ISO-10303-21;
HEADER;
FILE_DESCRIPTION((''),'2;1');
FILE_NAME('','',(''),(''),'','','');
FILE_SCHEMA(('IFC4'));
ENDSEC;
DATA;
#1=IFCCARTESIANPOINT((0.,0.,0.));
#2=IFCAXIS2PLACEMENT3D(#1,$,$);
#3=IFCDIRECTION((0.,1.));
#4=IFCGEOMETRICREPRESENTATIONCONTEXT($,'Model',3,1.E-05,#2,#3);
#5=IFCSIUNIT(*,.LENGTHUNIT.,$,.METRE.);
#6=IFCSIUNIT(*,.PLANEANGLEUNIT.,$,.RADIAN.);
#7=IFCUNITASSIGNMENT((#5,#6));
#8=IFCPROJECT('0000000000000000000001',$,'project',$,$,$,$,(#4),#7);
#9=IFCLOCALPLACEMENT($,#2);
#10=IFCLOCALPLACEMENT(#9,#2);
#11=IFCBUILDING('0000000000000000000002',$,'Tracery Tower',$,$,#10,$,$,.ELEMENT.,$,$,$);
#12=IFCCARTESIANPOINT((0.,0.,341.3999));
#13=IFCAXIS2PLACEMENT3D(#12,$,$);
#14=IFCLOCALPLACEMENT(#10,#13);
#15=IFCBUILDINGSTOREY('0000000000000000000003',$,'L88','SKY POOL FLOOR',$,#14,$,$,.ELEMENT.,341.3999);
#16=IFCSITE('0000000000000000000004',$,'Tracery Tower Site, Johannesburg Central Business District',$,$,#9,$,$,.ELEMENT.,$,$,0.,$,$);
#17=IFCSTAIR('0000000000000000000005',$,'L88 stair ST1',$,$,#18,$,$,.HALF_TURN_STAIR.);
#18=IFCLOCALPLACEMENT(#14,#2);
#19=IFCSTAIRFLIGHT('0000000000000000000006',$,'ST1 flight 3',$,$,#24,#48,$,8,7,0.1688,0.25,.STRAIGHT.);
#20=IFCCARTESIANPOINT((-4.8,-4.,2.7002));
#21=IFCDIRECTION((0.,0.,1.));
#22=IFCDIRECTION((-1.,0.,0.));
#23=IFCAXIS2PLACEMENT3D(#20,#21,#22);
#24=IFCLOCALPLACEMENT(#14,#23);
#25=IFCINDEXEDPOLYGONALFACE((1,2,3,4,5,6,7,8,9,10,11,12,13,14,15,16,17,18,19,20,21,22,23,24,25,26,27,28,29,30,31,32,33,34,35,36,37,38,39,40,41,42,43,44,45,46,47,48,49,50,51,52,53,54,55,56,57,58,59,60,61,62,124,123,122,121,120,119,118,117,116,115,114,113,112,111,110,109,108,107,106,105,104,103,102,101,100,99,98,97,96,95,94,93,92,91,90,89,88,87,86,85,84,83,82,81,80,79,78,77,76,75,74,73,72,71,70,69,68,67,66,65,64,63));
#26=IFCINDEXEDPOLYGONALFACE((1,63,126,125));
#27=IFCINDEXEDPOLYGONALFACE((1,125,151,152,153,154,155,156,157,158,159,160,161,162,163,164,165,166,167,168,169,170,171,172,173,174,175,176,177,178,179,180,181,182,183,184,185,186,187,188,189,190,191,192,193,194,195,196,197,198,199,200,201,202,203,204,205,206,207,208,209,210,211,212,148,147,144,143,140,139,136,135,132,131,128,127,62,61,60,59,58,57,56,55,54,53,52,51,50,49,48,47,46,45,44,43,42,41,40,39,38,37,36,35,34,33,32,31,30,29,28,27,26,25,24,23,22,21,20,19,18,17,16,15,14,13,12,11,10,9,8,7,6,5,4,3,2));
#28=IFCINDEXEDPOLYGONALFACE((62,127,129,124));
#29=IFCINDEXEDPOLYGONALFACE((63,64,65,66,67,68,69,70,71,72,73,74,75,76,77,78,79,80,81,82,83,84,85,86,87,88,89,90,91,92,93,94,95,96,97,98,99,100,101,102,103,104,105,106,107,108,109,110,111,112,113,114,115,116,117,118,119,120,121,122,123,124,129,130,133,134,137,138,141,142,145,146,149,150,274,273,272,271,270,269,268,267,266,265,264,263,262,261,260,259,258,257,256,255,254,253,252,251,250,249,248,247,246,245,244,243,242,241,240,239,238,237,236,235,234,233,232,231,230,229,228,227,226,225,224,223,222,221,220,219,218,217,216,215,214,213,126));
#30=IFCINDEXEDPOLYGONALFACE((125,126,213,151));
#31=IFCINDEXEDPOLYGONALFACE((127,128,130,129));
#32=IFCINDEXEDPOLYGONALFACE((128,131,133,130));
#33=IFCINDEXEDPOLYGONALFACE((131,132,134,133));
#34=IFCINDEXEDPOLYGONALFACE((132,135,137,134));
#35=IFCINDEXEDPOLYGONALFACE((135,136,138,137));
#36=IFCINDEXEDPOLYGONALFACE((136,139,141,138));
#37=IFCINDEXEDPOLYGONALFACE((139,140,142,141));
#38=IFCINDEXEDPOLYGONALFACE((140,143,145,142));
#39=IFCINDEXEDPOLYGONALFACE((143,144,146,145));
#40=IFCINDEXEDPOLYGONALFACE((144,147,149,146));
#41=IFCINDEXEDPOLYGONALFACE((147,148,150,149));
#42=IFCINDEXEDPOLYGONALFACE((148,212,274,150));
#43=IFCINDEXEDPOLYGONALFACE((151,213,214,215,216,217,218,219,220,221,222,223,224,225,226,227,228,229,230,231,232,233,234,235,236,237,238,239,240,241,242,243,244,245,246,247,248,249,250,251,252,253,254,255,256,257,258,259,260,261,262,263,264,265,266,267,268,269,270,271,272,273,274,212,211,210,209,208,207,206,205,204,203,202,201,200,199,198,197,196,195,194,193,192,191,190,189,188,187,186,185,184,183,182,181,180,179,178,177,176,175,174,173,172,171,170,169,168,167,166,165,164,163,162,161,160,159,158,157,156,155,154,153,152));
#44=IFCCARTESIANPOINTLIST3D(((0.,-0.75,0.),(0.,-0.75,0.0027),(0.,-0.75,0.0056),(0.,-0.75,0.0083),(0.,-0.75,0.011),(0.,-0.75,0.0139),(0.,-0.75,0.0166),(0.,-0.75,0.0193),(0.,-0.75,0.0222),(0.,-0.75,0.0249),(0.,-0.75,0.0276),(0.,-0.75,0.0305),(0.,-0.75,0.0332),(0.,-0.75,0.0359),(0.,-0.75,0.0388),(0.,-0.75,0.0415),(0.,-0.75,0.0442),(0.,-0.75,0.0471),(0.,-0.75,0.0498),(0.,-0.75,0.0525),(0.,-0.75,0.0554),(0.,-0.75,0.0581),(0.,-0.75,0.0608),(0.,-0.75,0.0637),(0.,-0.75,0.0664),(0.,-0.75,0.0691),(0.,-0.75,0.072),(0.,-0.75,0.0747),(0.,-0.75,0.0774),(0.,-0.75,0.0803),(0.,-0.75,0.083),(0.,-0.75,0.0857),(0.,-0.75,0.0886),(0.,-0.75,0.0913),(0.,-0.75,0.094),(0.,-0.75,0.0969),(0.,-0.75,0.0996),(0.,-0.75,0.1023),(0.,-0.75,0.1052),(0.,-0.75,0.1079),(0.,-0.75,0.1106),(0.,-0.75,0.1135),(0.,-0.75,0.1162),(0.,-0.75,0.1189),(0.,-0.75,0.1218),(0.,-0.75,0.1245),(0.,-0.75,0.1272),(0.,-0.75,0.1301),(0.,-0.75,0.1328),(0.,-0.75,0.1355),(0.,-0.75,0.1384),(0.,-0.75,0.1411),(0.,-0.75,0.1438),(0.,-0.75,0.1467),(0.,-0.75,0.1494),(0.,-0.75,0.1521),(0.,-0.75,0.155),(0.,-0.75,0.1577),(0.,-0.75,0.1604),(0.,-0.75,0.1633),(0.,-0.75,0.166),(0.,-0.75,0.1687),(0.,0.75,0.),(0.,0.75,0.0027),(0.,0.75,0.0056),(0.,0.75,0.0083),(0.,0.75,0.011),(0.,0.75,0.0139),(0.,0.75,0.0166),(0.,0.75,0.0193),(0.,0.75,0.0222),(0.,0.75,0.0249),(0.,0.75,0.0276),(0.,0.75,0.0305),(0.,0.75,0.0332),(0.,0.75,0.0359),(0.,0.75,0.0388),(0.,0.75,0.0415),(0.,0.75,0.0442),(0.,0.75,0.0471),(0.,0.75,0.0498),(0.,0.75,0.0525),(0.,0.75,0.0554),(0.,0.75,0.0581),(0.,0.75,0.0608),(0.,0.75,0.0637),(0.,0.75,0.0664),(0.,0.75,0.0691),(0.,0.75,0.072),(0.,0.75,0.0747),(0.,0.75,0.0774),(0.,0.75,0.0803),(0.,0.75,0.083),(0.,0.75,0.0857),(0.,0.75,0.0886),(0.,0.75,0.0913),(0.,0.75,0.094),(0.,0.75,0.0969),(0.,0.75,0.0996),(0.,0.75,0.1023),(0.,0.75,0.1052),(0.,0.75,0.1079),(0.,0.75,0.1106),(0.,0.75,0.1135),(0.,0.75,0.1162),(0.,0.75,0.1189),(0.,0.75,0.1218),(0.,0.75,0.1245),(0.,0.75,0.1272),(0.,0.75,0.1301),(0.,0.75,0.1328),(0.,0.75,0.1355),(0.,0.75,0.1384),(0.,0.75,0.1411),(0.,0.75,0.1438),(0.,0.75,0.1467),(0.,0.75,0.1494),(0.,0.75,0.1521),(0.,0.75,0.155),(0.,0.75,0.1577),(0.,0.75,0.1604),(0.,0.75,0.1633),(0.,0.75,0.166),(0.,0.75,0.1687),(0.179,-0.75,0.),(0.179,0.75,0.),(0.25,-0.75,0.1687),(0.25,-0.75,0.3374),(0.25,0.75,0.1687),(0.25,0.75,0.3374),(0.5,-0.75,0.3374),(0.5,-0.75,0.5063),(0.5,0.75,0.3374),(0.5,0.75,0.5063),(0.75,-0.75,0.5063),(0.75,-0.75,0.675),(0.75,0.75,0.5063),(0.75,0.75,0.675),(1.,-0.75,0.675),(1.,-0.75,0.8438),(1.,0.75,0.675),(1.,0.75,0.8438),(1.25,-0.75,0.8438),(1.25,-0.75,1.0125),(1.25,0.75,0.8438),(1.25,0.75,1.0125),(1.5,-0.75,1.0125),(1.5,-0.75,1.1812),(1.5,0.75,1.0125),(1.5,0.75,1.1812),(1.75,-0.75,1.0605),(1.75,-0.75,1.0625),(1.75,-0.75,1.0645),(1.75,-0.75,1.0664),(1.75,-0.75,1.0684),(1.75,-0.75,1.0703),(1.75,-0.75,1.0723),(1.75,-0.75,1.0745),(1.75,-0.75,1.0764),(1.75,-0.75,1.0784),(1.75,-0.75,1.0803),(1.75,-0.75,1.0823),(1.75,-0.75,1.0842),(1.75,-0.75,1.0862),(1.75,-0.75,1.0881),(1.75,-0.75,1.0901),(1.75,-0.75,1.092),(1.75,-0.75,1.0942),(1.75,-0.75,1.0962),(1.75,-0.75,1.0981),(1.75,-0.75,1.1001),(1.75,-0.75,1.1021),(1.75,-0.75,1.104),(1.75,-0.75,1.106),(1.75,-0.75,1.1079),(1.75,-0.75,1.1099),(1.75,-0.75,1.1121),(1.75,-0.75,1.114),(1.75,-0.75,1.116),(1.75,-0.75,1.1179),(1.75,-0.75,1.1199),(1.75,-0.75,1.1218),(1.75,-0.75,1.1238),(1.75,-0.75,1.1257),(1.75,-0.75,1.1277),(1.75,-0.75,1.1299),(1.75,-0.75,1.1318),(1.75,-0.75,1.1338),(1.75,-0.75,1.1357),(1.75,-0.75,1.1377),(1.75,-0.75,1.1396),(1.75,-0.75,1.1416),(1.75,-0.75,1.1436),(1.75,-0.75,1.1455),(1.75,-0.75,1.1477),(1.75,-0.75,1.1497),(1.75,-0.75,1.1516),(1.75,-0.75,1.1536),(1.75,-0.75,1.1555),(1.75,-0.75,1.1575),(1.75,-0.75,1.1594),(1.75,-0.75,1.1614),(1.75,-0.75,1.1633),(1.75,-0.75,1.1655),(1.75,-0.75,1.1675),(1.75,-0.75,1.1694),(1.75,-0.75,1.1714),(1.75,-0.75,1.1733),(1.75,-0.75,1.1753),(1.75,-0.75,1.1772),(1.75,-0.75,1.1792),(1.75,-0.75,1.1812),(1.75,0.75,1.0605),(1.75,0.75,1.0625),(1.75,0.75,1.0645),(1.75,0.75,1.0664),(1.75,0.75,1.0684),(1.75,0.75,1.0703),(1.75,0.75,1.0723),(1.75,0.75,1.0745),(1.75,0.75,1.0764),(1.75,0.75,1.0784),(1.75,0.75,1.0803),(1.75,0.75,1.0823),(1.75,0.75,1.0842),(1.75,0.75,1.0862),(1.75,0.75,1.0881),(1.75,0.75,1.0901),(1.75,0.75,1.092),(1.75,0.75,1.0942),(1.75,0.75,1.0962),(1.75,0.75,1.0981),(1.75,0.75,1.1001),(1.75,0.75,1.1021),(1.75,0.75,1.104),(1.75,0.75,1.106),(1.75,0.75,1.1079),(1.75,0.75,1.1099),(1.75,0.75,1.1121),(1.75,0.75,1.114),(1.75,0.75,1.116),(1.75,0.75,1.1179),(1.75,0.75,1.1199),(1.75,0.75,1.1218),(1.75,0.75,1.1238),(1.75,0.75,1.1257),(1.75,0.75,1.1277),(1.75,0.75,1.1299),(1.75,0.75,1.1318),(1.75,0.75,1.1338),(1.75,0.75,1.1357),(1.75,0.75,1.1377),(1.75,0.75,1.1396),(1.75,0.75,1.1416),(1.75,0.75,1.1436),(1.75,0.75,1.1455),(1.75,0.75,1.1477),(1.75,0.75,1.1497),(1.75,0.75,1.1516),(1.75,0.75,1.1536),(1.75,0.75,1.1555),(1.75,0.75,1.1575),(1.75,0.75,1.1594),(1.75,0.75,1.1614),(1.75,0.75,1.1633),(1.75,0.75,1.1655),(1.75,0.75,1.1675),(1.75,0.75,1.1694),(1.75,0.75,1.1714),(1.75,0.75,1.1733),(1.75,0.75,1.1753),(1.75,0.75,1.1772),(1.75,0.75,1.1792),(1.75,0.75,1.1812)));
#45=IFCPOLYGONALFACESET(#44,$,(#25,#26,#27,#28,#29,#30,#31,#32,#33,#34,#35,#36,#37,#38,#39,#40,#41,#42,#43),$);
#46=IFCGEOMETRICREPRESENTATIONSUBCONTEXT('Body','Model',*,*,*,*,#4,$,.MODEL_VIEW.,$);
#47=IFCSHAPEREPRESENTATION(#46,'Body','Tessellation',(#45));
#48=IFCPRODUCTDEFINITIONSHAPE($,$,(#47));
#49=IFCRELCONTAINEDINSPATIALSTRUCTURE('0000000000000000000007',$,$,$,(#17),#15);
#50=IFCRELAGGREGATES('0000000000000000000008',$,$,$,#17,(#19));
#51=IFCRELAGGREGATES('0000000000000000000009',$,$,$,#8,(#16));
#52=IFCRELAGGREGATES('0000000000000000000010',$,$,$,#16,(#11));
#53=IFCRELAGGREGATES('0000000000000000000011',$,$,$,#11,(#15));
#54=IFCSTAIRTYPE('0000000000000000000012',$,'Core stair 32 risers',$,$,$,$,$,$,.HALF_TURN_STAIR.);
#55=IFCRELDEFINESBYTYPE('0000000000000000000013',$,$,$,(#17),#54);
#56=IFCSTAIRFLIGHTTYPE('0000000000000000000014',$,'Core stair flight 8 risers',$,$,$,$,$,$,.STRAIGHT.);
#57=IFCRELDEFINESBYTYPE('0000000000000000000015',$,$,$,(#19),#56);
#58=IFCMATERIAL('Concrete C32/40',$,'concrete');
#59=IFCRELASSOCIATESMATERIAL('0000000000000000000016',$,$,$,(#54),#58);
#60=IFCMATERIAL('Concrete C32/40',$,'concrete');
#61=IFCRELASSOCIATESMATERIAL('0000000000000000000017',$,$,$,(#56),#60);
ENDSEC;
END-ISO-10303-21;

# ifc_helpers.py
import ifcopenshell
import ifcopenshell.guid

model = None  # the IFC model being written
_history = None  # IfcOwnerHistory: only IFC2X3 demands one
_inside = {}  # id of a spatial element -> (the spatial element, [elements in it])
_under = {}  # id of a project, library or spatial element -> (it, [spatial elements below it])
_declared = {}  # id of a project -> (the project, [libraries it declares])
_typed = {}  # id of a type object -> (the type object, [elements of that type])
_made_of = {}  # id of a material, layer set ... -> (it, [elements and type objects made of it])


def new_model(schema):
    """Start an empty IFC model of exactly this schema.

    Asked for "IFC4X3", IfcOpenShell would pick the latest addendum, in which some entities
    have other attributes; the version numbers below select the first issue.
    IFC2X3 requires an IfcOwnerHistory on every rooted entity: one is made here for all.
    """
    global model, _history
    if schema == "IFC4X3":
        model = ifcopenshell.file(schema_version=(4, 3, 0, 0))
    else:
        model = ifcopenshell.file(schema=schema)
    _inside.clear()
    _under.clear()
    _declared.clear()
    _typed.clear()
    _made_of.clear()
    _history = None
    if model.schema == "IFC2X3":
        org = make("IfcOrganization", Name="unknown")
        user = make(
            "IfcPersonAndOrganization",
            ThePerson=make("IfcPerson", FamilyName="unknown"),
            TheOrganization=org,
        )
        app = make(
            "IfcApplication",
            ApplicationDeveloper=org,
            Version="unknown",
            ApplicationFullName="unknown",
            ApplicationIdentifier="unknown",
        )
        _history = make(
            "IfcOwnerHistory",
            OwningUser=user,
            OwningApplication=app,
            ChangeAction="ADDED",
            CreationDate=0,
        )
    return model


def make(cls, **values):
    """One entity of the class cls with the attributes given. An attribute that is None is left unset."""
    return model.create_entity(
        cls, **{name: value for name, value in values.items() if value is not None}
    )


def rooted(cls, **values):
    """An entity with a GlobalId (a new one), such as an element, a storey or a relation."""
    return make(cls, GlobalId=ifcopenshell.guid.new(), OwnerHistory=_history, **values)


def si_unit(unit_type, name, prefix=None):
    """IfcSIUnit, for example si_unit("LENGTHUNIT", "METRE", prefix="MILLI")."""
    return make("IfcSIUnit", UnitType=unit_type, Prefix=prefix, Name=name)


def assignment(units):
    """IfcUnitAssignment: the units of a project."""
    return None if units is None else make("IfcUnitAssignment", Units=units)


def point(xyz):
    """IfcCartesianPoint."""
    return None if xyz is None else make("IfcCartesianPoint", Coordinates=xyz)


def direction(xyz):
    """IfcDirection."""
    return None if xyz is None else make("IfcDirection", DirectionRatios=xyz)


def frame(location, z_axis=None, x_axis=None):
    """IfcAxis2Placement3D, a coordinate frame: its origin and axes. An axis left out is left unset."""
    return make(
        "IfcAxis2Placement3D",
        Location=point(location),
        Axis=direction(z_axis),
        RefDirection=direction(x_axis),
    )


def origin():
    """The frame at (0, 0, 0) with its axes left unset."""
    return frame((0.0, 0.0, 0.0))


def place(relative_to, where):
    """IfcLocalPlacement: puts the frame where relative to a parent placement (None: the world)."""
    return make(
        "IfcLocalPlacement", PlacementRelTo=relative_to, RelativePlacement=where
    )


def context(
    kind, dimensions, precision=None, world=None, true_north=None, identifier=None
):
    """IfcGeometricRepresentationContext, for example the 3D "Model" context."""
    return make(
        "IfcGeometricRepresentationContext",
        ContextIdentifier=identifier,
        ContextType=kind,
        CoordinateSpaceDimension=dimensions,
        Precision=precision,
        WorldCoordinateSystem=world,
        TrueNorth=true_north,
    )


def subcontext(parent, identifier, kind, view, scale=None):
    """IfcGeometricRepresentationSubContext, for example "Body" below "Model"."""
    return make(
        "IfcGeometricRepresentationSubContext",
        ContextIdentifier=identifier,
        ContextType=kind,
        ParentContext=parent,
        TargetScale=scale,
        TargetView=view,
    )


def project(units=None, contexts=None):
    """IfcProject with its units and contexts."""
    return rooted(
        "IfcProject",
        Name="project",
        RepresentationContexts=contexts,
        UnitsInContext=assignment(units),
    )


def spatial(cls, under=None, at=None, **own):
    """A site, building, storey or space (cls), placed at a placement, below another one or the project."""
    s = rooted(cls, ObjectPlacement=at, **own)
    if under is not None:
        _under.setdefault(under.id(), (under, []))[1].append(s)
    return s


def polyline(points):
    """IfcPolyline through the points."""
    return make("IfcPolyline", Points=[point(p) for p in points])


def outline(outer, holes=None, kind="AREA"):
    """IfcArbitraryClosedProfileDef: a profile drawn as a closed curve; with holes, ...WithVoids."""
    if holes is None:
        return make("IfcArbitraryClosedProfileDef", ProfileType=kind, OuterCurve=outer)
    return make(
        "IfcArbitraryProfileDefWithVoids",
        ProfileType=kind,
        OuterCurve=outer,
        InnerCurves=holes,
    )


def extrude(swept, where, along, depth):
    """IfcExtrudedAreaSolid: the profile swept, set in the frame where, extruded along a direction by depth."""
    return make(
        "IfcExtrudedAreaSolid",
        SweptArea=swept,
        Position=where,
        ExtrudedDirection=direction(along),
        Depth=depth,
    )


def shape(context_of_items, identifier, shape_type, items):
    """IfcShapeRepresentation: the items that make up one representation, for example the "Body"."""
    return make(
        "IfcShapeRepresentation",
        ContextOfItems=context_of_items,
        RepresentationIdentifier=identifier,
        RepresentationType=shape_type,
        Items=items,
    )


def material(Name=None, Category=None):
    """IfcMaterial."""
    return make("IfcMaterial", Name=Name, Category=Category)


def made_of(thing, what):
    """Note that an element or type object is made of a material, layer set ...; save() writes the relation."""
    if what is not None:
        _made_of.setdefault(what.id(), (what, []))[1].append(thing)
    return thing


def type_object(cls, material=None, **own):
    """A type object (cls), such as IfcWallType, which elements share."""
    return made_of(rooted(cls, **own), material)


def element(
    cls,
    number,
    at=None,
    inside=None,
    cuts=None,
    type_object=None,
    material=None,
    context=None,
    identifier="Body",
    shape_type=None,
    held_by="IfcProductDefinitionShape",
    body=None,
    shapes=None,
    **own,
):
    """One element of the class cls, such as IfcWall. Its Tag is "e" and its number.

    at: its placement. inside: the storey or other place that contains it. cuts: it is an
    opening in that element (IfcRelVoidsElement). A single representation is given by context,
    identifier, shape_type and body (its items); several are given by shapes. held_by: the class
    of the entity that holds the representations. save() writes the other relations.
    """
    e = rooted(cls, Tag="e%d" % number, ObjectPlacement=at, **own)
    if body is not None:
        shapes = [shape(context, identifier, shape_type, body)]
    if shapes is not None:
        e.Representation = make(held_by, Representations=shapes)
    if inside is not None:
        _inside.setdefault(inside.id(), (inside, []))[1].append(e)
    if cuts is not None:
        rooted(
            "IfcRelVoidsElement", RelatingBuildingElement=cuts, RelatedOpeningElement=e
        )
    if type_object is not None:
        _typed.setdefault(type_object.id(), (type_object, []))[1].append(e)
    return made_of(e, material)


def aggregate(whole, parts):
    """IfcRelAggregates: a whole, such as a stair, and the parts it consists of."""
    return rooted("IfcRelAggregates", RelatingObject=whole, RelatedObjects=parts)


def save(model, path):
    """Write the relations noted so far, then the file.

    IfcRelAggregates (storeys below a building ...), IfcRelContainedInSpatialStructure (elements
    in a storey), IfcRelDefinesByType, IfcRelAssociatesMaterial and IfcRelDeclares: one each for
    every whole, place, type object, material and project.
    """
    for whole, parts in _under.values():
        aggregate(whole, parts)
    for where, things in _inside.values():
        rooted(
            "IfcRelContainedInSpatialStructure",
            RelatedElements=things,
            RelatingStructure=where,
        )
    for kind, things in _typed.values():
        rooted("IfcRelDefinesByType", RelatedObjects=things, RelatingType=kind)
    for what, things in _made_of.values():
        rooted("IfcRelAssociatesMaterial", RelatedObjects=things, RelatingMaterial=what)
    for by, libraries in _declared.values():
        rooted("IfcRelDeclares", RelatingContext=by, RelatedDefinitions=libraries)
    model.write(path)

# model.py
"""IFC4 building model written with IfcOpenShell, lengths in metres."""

from ifc_helpers import new_model, si_unit, direction, frame, origin, place, context, subcontext, project, spatial, polyline, outline, extrude, material, type_object, element, aggregate, save


model = new_model("IFC4")

# Units and contexts
model_context = context("Model", 3, precision=1e-05, world=origin(), true_north=direction((0.0, 1.0)))
body_context = subcontext(model_context, "Body", "Model", "MODEL_VIEW")
ifc_project = project(units=[si_unit("LENGTHUNIT", "METRE"), si_unit("PLANEANGLEUNIT", "RADIAN")], contexts=[model_context])

# Site, building, storey
site_placement = place(None, origin())
site = spatial("IfcSite", under=ifc_project, at=site_placement, Name="Tracery Tower Site, Johannesburg Central Business District", CompositionType="ELEMENT", RefElevation=0.0)
building_placement = place(site_placement, origin())
building = spatial("IfcBuilding", under=site, at=building_placement, Name="Tracery Tower", CompositionType="ELEMENT")
storey_placement = place(building_placement, frame((0.0, 0.0, 341.3999)))
storey = spatial("IfcBuildingStorey", under=building, at=storey_placement, Name="L88", Description="SKY POOL FLOOR", CompositionType="ELEMENT", Elevation=341.3999)

# Stair, stair flight
ifc_material_1 = material(Name="Concrete C32/40", Category="concrete")
stair_type = type_object("IfcStairType", Name="Core stair 32 risers", PredefinedType="HALF_TURN_STAIR", material=ifc_material_1)
stair_placement = place(storey_placement, origin())
stair = element("IfcStair", 1, at=stair_placement, inside=storey, type_object=stair_type, Name="L88 stair ST1", PredefinedType="HALF_TURN_STAIR")
ifc_material_2 = material(Name="Concrete C32/40", Category="concrete")
stair_flight_type = type_object("IfcStairFlightType", Name="Core stair flight 8 risers", PredefinedType="STRAIGHT", material=ifc_material_2)
stair_flight_1_placement = place(storey_placement, frame((-4.8, -4.0, 2.7002), z_axis=(0.0, 0.0, 1.0), x_axis=(-1.0, 0.0, 0.0)))
stair_flight_1 = element("IfcStairFlight", 2, at=stair_flight_1_placement, type_object=stair_flight_type, Name="ST1 flight 3", NumberOfRisers=8, NumberOfTreads=7, PredefinedType="STRAIGHT", RiserHeight=0.1688, TreadLength=0.25, context=body_context, shape_type="SweptSolid", body=[
    extrude(outline(polyline([(0.0, 0.0), (0.0, 0.0027), (0.0, 0.0056), (0.0, 0.0083), (0.0, 0.011), (0.0, 0.0139), (0.0, 0.0166), (0.0, 0.0193), (0.0, 0.0222), (0.0, 0.0249), (0.0, 0.0276), (0.0, 0.0305), (0.0, 0.0332), (0.0, 0.0359), (0.0, 0.0388), (0.0, 0.0415), (0.0, 0.0442), (0.0, 0.0471), (0.0, 0.0498), (0.0, 0.0525), (0.0, 0.0554), (0.0, 0.0581), (0.0, 0.0608), (0.0, 0.0637), (0.0, 0.0664), (0.0, 0.0691), (0.0, 0.072), (0.0, 0.0747), (0.0, 0.0774), (0.0, 0.0803), (0.0, 0.083), (0.0, 0.0857), (0.0, 0.0886), (0.0, 0.0913), (0.0, 0.094), (0.0, 0.0969), (0.0, 0.0996), (0.0, 0.1023), (0.0, 0.1052), (0.0, 0.1079), (0.0, 0.1106), (0.0, 0.1135), (0.0, 0.1162), (0.0, 0.1189), (0.0, 0.1218), (0.0, 0.1245), (0.0, 0.1272), (0.0, 0.1301), (0.0, 0.1328), (0.0, 0.1355), (0.0, 0.1384), (0.0, 0.1411), (0.0, 0.1438), (0.0, 0.1467), (0.0, 0.1494), (0.0, 0.1521), (0.0, 0.155), (0.0, 0.1577), (0.0, 0.1604), (0.0, 0.1633), (0.0, 0.166), (0.0, 0.1687), (0.25, 0.1687), (0.25, 0.3374), (0.5, 0.3374), (0.5, 0.5063), (0.75, 0.5063), (0.75, 0.675), (1.0, 0.675), (1.0, 0.8438), (1.25, 0.8438), (1.25, 1.0125), (1.5, 1.0125), (1.5, 1.1812), (1.75, 1.1812), (1.75, 1.1792), (1.75, 1.1772), (1.75, 1.1753), (1.75, 1.1733), (1.75, 1.1714), (1.75, 1.1694), (1.75, 1.1675), (1.75, 1.1655), (1.75, 1.1633), (1.75, 1.1614), (1.75, 1.1594), (1.75, 1.1575), (1.75, 1.1555), (1.75, 1.1536), (1.75, 1.1516), (1.75, 1.1497), (1.75, 1.1477), (1.75, 1.1455), (1.75, 1.1436), (1.75, 1.1416), (1.75, 1.1396), (1.75, 1.1377), (1.75, 1.1357), (1.75, 1.1338), (1.75, 1.1318), (1.75, 1.1299), (1.75, 1.1277), (1.75, 1.1257), (1.75, 1.1238), (1.75, 1.1218), (1.75, 1.1199), (1.75, 1.1179), (1.75, 1.116), (1.75, 1.114), (1.75, 1.1121), (1.75, 1.1099), (1.75, 1.1079), (1.75, 1.106), (1.75, 1.104), (1.75, 1.1021), (1.75, 1.1001), (1.75, 1.0981), (1.75, 1.0962), (1.75, 1.0942), (1.75, 1.092), (1.75, 1.0901), (1.75, 1.0881), (1.75, 1.0862), (1.75, 1.0842), (1.75, 1.0823), (1.75, 1.0803), (1.75, 1.0784), (1.75, 1.0764), (1.75, 1.0745), (1.75, 1.0723), (1.75, 1.0703), (1.75, 1.0684), (1.75, 1.0664), (1.75, 1.0645), (1.75, 1.0625), (1.75, 1.0605), (0.179, 0.0), (0.0, 0.0)])), frame((0.0, 0.75, 0.0), z_axis=(0.0, -1.0, 0.0), x_axis=(1.0, 0.0, 0.0)), (0.0, 0.0, 1.0), 1.5),
])
aggregate(stair, [stair_flight_1])

save(model, "model.ifc")
